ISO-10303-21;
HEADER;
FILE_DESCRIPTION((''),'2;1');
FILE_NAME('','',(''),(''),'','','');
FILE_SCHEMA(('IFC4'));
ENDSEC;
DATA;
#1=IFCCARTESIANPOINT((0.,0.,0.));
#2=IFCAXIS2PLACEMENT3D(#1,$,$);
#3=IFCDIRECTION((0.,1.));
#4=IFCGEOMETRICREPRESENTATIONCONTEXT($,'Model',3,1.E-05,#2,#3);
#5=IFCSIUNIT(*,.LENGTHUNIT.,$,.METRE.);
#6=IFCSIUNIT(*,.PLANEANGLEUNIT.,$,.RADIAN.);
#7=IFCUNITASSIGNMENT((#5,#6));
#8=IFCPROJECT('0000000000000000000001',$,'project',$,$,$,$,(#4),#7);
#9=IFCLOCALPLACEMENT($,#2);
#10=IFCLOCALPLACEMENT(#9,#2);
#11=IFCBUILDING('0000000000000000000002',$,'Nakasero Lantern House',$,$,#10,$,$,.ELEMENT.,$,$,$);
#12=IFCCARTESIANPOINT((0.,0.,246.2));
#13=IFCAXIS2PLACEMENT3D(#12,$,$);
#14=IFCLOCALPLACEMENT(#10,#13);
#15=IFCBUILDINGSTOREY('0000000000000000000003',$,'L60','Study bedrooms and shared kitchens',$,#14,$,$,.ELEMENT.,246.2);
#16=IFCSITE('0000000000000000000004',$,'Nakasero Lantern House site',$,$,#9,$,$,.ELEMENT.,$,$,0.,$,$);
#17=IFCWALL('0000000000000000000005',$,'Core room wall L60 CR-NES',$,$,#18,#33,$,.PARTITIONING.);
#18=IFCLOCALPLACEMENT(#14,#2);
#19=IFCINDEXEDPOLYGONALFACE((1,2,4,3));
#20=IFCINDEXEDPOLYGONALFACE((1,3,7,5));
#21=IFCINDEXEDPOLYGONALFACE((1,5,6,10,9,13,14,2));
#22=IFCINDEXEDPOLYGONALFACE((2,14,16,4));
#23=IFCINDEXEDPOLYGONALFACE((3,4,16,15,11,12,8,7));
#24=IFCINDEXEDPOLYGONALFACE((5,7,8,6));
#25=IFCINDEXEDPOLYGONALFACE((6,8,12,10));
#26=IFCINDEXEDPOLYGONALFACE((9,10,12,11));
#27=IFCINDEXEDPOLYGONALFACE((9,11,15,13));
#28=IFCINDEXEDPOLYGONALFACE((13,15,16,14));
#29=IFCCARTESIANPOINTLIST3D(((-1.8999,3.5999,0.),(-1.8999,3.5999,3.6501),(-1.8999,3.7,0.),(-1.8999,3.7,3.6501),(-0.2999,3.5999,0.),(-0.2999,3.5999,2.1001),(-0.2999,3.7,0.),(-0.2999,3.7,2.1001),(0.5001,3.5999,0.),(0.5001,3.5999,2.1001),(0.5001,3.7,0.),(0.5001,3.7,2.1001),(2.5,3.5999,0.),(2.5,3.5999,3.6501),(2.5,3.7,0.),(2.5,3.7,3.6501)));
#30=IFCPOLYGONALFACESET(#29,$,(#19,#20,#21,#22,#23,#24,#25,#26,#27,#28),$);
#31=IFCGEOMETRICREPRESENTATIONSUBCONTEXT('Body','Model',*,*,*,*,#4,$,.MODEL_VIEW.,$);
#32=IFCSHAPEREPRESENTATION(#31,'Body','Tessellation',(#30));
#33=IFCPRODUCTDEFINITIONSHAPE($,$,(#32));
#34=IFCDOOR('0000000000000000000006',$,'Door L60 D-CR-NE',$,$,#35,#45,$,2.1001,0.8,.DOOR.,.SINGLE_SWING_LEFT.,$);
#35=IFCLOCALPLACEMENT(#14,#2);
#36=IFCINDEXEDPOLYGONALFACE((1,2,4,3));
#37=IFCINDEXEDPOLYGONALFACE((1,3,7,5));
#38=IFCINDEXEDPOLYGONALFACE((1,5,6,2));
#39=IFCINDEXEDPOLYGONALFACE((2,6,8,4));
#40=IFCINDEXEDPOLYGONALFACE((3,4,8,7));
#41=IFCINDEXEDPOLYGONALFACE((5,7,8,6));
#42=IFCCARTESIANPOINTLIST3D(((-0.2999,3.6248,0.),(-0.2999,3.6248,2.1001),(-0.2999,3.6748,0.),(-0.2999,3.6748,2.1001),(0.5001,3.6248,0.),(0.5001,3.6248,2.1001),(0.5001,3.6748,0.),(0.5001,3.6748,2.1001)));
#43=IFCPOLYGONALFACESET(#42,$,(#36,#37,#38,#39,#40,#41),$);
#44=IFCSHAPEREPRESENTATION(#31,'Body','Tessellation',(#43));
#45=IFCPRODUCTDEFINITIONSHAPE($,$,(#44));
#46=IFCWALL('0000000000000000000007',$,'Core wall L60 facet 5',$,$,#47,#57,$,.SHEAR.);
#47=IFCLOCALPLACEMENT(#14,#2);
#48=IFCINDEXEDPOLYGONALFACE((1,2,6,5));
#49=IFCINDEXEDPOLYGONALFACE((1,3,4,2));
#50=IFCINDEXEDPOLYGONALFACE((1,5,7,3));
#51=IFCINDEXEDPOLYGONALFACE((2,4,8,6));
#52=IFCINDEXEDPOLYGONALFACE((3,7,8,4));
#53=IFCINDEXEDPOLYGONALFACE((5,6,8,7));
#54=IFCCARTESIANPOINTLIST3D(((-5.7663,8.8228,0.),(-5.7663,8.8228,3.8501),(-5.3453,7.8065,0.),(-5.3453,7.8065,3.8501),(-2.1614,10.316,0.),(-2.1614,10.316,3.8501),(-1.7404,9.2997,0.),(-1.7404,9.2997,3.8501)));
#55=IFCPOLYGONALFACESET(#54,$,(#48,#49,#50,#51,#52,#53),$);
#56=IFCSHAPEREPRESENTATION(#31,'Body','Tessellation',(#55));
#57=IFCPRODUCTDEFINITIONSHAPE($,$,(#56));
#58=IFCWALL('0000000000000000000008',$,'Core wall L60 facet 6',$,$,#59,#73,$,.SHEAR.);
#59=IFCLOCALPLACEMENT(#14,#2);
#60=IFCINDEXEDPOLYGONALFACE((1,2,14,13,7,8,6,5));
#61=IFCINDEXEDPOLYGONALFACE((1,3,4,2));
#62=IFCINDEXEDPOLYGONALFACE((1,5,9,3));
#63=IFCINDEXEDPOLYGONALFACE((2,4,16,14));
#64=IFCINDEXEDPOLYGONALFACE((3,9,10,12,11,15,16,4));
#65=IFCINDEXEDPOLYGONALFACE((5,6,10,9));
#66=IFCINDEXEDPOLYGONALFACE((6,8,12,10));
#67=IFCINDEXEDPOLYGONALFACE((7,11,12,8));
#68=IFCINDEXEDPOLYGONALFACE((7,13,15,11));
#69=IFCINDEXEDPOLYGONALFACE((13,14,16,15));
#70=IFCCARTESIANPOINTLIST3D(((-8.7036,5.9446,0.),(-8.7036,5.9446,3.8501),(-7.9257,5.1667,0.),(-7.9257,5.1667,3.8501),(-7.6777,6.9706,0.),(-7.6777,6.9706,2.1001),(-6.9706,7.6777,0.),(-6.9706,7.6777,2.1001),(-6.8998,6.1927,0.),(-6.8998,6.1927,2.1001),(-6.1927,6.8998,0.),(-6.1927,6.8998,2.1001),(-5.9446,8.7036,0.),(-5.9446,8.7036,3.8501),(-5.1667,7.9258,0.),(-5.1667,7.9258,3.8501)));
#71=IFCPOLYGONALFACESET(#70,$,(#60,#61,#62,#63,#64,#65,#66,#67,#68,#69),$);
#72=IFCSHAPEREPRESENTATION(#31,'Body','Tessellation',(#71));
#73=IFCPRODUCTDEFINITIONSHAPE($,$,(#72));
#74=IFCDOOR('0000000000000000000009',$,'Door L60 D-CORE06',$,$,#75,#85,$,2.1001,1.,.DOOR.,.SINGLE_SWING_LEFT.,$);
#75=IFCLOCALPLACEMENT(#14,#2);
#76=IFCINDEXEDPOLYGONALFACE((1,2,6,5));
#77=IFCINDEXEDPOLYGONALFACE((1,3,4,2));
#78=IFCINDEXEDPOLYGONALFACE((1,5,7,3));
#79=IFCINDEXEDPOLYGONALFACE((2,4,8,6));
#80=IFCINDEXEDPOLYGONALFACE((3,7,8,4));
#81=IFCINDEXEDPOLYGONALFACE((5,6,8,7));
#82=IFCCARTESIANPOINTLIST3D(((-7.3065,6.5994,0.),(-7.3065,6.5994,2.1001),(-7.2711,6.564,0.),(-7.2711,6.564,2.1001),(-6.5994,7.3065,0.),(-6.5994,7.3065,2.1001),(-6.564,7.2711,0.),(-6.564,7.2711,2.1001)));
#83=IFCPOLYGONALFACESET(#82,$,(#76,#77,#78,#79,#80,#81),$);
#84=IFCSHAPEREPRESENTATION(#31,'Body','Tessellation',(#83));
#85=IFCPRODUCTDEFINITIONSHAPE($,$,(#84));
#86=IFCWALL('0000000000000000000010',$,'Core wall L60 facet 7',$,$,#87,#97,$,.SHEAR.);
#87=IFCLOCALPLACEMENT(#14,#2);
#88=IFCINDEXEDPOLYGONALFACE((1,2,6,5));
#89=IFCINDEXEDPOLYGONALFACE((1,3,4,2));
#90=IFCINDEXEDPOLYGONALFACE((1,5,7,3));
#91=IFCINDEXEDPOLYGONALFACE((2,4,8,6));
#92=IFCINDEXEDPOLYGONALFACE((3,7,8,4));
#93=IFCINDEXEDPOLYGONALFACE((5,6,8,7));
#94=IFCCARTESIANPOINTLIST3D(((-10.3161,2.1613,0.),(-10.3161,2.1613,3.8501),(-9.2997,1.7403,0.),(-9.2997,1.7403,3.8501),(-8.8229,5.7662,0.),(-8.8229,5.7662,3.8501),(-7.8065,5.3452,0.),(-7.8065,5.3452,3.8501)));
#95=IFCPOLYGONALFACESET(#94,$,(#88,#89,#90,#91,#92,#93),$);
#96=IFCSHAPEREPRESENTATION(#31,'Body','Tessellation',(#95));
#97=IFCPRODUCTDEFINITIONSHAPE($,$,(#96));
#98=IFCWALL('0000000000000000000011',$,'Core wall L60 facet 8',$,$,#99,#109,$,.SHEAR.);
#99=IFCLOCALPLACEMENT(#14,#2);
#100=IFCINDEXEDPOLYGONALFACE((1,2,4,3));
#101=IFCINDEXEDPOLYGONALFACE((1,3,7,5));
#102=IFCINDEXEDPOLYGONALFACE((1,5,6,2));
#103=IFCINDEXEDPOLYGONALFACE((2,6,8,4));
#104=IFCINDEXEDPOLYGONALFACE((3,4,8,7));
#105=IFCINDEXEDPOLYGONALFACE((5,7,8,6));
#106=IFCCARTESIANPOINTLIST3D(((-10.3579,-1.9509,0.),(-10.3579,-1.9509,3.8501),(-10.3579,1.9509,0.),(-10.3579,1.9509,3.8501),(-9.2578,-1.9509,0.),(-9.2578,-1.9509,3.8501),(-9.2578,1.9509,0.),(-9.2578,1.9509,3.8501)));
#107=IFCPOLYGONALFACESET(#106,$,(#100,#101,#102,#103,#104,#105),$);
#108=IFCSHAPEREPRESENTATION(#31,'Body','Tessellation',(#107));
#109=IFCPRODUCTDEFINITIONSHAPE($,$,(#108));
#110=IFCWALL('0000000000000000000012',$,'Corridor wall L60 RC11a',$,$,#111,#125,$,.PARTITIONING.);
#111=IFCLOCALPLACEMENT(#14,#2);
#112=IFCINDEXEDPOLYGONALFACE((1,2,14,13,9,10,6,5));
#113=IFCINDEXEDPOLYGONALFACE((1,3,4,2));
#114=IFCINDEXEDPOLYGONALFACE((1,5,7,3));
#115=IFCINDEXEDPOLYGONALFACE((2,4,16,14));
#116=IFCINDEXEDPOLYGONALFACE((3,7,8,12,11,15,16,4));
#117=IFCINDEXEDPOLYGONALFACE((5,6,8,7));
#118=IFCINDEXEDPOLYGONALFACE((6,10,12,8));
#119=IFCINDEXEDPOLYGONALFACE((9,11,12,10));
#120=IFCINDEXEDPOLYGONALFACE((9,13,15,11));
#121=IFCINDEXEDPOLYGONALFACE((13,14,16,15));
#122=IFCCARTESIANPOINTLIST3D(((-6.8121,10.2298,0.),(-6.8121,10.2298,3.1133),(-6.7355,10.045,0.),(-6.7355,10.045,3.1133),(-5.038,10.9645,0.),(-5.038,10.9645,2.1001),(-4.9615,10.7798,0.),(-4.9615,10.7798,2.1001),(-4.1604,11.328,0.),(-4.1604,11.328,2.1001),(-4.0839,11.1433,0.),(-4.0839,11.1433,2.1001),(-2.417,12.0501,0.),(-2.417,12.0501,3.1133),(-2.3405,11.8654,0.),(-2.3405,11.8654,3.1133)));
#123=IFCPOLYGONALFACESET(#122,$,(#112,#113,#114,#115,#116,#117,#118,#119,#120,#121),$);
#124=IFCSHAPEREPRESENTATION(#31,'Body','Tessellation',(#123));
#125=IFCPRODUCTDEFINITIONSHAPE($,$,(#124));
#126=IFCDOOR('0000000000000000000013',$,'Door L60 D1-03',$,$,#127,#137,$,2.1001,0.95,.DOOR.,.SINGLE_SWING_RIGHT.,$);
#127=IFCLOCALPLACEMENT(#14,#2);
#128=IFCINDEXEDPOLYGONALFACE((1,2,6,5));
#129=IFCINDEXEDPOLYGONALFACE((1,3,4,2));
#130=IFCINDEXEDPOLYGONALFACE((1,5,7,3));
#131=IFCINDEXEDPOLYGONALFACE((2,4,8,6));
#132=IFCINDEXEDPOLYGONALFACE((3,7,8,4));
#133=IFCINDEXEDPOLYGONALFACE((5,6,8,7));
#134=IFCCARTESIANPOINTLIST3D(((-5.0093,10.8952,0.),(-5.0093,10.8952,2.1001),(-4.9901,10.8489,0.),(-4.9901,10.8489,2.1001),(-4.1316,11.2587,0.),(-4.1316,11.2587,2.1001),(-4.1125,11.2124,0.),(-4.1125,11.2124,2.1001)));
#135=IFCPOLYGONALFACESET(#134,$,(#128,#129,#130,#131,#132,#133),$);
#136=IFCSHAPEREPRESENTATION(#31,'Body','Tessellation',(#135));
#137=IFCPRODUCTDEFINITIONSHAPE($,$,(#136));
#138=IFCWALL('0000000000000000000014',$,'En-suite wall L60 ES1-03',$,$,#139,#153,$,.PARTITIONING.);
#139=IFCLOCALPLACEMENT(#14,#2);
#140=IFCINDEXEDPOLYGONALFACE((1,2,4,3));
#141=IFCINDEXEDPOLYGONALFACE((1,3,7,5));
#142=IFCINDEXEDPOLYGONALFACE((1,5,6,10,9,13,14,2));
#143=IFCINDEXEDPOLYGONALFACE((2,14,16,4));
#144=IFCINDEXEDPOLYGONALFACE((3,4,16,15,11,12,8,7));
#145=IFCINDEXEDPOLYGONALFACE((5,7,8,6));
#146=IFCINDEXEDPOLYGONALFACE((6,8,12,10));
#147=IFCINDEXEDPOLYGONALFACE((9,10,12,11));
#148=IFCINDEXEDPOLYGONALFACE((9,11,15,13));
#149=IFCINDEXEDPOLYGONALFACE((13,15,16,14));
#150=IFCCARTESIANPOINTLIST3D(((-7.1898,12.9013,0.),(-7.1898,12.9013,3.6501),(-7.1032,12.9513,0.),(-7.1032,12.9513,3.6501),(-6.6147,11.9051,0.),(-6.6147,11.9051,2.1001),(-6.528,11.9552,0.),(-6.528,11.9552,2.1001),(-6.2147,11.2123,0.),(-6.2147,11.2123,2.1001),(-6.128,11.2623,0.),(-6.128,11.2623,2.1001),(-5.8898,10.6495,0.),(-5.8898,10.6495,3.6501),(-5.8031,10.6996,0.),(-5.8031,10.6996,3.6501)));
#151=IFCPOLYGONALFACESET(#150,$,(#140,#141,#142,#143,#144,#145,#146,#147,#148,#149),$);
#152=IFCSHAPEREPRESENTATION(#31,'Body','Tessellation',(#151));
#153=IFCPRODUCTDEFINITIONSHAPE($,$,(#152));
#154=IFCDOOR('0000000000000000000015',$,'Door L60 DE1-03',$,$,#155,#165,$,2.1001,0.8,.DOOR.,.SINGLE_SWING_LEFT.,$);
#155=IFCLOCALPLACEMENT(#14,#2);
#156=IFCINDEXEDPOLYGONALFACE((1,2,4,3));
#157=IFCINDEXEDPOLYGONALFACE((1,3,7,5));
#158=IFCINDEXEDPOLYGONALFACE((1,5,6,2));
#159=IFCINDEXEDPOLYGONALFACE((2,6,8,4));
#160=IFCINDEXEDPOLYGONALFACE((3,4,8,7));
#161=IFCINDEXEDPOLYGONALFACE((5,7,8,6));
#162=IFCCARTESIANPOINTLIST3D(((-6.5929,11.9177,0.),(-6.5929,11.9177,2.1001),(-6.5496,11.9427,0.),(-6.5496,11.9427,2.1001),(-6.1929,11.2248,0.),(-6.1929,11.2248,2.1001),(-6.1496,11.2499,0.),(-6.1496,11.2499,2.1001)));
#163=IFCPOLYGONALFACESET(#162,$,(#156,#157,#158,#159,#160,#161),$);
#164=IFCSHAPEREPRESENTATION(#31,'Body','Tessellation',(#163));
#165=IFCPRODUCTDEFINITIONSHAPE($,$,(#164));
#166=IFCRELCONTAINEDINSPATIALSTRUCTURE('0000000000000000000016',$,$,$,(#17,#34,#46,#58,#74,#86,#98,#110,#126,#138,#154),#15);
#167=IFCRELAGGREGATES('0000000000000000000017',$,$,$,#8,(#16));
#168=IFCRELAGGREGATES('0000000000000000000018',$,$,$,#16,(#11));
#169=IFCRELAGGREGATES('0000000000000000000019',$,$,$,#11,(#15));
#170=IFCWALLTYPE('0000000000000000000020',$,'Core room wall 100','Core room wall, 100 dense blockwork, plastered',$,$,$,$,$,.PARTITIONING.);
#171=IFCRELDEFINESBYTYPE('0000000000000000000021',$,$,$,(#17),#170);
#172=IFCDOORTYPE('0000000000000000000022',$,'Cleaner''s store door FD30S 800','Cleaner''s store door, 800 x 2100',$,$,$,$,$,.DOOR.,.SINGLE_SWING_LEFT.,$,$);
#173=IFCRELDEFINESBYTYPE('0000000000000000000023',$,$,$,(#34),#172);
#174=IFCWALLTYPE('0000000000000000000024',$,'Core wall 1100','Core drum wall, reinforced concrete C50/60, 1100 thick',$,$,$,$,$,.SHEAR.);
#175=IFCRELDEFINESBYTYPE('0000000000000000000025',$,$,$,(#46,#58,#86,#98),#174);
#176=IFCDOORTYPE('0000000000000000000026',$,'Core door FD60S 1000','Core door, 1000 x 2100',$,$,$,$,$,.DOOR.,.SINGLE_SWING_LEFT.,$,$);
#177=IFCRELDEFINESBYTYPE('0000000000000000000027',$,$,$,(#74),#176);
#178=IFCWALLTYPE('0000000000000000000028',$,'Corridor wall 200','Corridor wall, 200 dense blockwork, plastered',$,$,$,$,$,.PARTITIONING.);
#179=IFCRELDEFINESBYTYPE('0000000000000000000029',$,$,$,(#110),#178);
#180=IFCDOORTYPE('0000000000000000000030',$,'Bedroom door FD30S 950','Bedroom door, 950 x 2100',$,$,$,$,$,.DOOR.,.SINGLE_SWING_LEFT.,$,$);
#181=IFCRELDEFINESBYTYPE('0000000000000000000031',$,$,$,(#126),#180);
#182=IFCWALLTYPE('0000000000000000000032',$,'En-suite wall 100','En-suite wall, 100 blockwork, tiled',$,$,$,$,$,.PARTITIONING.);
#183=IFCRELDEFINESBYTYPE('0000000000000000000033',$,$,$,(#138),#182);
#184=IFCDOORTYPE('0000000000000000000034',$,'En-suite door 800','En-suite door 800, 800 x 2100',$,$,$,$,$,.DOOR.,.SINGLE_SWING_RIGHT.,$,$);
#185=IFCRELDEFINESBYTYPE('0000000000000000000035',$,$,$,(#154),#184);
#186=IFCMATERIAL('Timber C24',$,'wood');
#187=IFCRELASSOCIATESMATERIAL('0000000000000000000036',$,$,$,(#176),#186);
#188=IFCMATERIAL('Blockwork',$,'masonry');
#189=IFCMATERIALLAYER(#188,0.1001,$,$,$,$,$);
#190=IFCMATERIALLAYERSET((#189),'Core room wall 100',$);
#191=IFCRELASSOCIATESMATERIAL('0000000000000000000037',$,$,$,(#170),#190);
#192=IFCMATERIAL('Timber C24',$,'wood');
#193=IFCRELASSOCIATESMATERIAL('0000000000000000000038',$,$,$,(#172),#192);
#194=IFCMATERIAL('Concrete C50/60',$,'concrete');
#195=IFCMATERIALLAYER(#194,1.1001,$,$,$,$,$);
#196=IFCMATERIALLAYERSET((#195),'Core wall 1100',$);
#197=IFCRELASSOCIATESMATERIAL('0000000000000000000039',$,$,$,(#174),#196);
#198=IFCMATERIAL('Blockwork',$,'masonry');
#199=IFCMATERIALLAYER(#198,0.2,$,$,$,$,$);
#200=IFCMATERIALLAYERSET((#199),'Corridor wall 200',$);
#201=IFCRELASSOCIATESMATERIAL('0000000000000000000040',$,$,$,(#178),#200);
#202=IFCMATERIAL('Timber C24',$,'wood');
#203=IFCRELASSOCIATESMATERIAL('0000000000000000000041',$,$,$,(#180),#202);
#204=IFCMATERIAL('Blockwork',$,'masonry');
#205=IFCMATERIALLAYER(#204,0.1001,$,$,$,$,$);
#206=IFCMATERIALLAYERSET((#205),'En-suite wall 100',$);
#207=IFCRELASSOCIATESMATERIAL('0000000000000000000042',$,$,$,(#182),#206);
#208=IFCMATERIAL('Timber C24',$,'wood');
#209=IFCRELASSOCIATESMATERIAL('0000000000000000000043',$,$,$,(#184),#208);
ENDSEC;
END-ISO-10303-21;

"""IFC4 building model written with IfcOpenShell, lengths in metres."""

from ifc_helpers import new_model, si_unit, direction, frame, frame_2d, origin, place, context, subcontext, project, spatial, rectangle, extrude, material, layer, layer_set, type_object, element, fill, save


model = new_model("IFC4")

# Units and contexts
model_context = context("Model", 3, precision=1e-05, world=origin(), true_north=direction((0.0, 1.0)))
body_context = subcontext(model_context, "Body", "Model", "MODEL_VIEW")
ifc_project = project(units=[si_unit("LENGTHUNIT", "METRE"), si_unit("PLANEANGLEUNIT", "RADIAN")], contexts=[model_context])

# Site, building, storey
site_placement = place(None, origin())
site = spatial("IfcSite", under=ifc_project, at=site_placement, Name="Nakasero Lantern House site", CompositionType="ELEMENT", RefElevation=0.0)
building_placement = place(site_placement, origin())
building = spatial("IfcBuilding", under=site, at=building_placement, Name="Nakasero Lantern House", CompositionType="ELEMENT")
storey_placement = place(building_placement, frame((0.0, 0.0, 246.2)))
storey = spatial("IfcBuildingStorey", under=building, at=storey_placement, Name="L60", Description="Study bedrooms and shared kitchens", CompositionType="ELEMENT", Elevation=246.2)

# Shared definitions
ifc_material_1 = material(Name="Timber C24", Category="wood")
door_type_1 = type_object("IfcDoorType", Name="Core door FD60S 1000", Description="Core door, 1000 x 2100", OperationType="SINGLE_SWING_LEFT", PredefinedType="DOOR", material=ifc_material_1)

# Wall, opening, door
ifc_material_2 = material(Name="Blockwork", Category="masonry")
ifc_layer_1 = layer(ifc_material_2, 0.1001)
ifc_layer_set_1 = layer_set([ifc_layer_1], Name="Core room wall 100")
wall_type_1 = type_object("IfcWallType", Name="Core room wall 100", Description="Core room wall, 100 dense blockwork, plastered", PredefinedType="PARTITIONING", material=ifc_layer_set_1)
wall_1_placement = place(storey_placement, frame((-1.8999, 3.6499, 0.0), z_axis=(0.0, 0.0, 1.0), x_axis=(1.0, 0.0, 0.0)))
wall_1 = element("IfcWall", 1, at=wall_1_placement, inside=storey, type_object=wall_type_1, Name="Core room wall L60 CR-NES", PredefinedType="PARTITIONING", context=body_context, shape_type="SweptSolid", body=[
    extrude(rectangle(XDim=4.3999, YDim=0.1001, at=frame_2d((2.2, 0.0))), origin(), (0.0, 0.0, 1.0), 3.6501),
])
opening_1_placement = place(wall_1_placement, frame((1.6001, 0.0, 0.0)))
opening_1 = element("IfcOpeningElement", 2, at=opening_1_placement, cuts=wall_1, PredefinedType="OPENING", context=body_context, shape_type="SweptSolid", body=[
    extrude(rectangle(XDim=0.8, YDim=2.1001, at=frame_2d((0.3999, 1.05))), frame((0.0, 0.0701, 0.0), z_axis=(0.0, -1.0, 0.0), x_axis=(1.0, 0.0, 0.0)), (0.0, 0.0, 1.0), 0.1401),
])
ifc_material_3 = material(Name="Timber C24", Category="wood")
door_type_2 = type_object("IfcDoorType", Name="Cleaner's store door FD30S 800", Description="Cleaner's store door, 800 x 2100", OperationType="SINGLE_SWING_LEFT", PredefinedType="DOOR", material=ifc_material_3)
door_1_placement = place(opening_1_placement, origin())
door_1 = element("IfcDoor", 3, at=door_1_placement, inside=storey, type_object=door_type_2, Name="Door L60 D-CR-NE", OperationType="SINGLE_SWING_LEFT", OverallHeight=2.1001, OverallWidth=0.8, PredefinedType="DOOR", context=body_context, shape_type="SweptSolid", body=[
    extrude(rectangle(XDim=0.8, YDim=2.1001, at=frame_2d((0.3999, 1.05))), frame((0.0, 0.0249, 0.0), z_axis=(0.0, -1.0, 0.0), x_axis=(1.0, 0.0, 0.0)), (0.0, 0.0, 1.0), 0.05),
])
fill(opening_1, door_1)

# Wall
ifc_material_4 = material(Name="Concrete C50/60", Category="concrete")
ifc_layer_2 = layer(ifc_material_4, 1.1001)
ifc_layer_set_2 = layer_set([ifc_layer_2], Name="Core wall 1100")
wall_type_2 = type_object("IfcWallType", Name="Core wall 1100", Description="Core drum wall, reinforced concrete C50/60, 1100 thick", PredefinedType="SHEAR", material=ifc_layer_set_2)
wall_2_placement = place(storey_placement, frame((-1.9509, 9.8079, 0.0), z_axis=(0.0, 0.0, 1.0), x_axis=(-0.923877, -0.382691, 0.0)))
element("IfcWall", 4, at=wall_2_placement, inside=storey, type_object=wall_type_2, Name="Core wall L60 facet 5", PredefinedType="SHEAR", context=body_context, shape_type="SweptSolid", body=[
    extrude(rectangle(XDim=3.9019, YDim=1.1001, at=frame_2d((1.9509, 0.0))), origin(), (0.0, 0.0, 1.0), 3.8501),
])

# Wall, opening, door
wall_3_placement = place(storey_placement, frame((-5.5557, 8.3147, 0.0), z_axis=(0.0, 0.0, 1.0), x_axis=(-0.707107, -0.707107, 0.0)))
wall_3 = element("IfcWall", 5, at=wall_3_placement, inside=storey, type_object=wall_type_2, Name="Core wall L60 facet 6", PredefinedType="SHEAR", context=body_context, shape_type="SweptSolid", body=[
    extrude(rectangle(XDim=3.9019, YDim=1.1001, at=frame_2d((1.9509, 0.0))), origin(), (0.0, 0.0, 1.0), 3.8501),
])
opening_2_placement = place(wall_3_placement, frame((1.4509, 0.0, 0.0)))
opening_2 = element("IfcOpeningElement", 6, at=opening_2_placement, cuts=wall_3, PredefinedType="OPENING", context=body_context, shape_type="SweptSolid", body=[
    extrude(rectangle(XDim=1.0, YDim=2.1001, at=frame_2d((0.5, 1.05))), frame((0.0, 0.5701, 0.0), z_axis=(0.0, -1.0, 0.0), x_axis=(1.0, 0.0, 0.0)), (0.0, 0.0, 1.0), 1.1401),
])
door_2_placement = place(opening_2_placement, origin())
door_2 = element("IfcDoor", 7, at=door_2_placement, inside=storey, type_object=door_type_1, Name="Door L60 D-CORE06", OperationType="SINGLE_SWING_LEFT", OverallHeight=2.1001, OverallWidth=1.0, PredefinedType="DOOR", context=body_context, shape_type="SweptSolid", body=[
    extrude(rectangle(XDim=1.0, YDim=2.1001, at=frame_2d((0.5, 1.05))), frame((0.0, 0.0249, 0.0), z_axis=(0.0, -1.0, 0.0), x_axis=(1.0, 0.0, 0.0)), (0.0, 0.0, 1.0), 0.05),
])
fill(opening_2, door_2)

# Walls
for number, where, z_axis, x_axis, name in (
    (8, (-8.3147, 5.5557, 0.0), (0.0, 0.0, 1.0), (-0.382691, -0.923877, 0.0), "Core wall L60 facet 7"),
    (9, (-9.8079, 1.9509, 0.0), (0.0, 0.0, 1.0), (0.0, -1.0, 0.0), "Core wall L60 facet 8"),
):
    element("IfcWall", number, at=place(storey_placement, frame(where, z_axis=z_axis, x_axis=x_axis)), inside=storey, type_object=wall_type_2, Name=name, PredefinedType="SHEAR", context=body_context, shape_type="SweptSolid", body=[
        extrude(rectangle(XDim=3.9019, YDim=1.1001, at=frame_2d((1.9509, 0.0))), origin(), (0.0, 0.0, 1.0), 3.8501),
    ])

# Walls, openings, doors
ifc_material_5 = material(Name="Blockwork", Category="masonry")
ifc_layer_3 = layer(ifc_material_5, 0.2)
ifc_layer_set_3 = layer_set([ifc_layer_3], Name="Corridor wall 200")
wall_type_3 = type_object("IfcWallType", Name="Corridor wall 200", Description="Corridor wall, 200 dense blockwork, plastered", PredefinedType="PARTITIONING", material=ifc_layer_set_3)
wall_4_placement = place(storey_placement, frame((-6.7737, 10.1375, 0.0), z_axis=(0.0, 0.0, 1.0), x_axis=(0.923892, 0.382654, 0.0)))
wall_4 = element("IfcWall", 10, at=wall_4_placement, inside=storey, type_object=wall_type_3, Name="Corridor wall L60 RC11a", PredefinedType="PARTITIONING", context=body_context, shape_type="SweptSolid", body=[
    extrude(rectangle(XDim=4.7571, YDim=0.2, at=frame_2d((2.3784, 0.0))), origin(), (0.0, 0.0, 1.0), 3.1133),
])
opening_3_placement = place(wall_4_placement, frame((1.9199, 0.0, 0.0)))
opening_3 = element("IfcOpeningElement", 11, at=opening_3_placement, cuts=wall_4, PredefinedType="OPENING", context=body_context, shape_type="SweptSolid", body=[
    extrude(rectangle(XDim=0.95, YDim=2.1001, at=frame_2d((0.4751, 1.05))), frame((0.0, 0.1199, 0.0), z_axis=(0.0, -1.0, 0.0), x_axis=(1.0, 0.0, 0.0)), (0.0, 0.0, 1.0), 0.24),
])
ifc_material_6 = material(Name="Timber C24", Category="wood")
door_type_3 = type_object("IfcDoorType", Name="Bedroom door FD30S 950", Description="Bedroom door, 950 x 2100", OperationType="SINGLE_SWING_LEFT", PredefinedType="DOOR", material=ifc_material_6)
door_3_placement = place(opening_3_placement, origin())
door_3 = element("IfcDoor", 12, at=door_3_placement, inside=storey, type_object=door_type_3, Name="Door L60 D1-03", OperationType="SINGLE_SWING_RIGHT", OverallHeight=2.1001, OverallWidth=0.95, PredefinedType="DOOR", context=body_context, shape_type="SweptSolid", body=[
    extrude(rectangle(XDim=0.95, YDim=2.1001, at=frame_2d((0.4751, 1.05))), frame((0.0, 0.0249, 0.0), z_axis=(0.0, -1.0, 0.0), x_axis=(1.0, 0.0, 0.0)), (0.0, 0.0, 1.0), 0.05),
])
fill(opening_3, door_3)
ifc_material_7 = material(Name="Blockwork", Category="masonry")
ifc_layer_4 = layer(ifc_material_7, 0.1001)
ifc_layer_set_4 = layer_set([ifc_layer_4], Name="En-suite wall 100")
wall_type_4 = type_object("IfcWallType", Name="En-suite wall 100", Description="En-suite wall, 100 blockwork, tiled", PredefinedType="PARTITIONING", material=ifc_layer_set_4)
wall_5_placement = place(storey_placement, frame((-5.8464, 10.6746, 0.0), z_axis=(0.0, 0.0, 1.0), x_axis=(-0.500007, 0.866021, 0.0)))
wall_5 = element("IfcWall", 13, at=wall_5_placement, inside=storey, type_object=wall_type_4, Name="En-suite wall L60 ES1-03", PredefinedType="PARTITIONING", context=body_context, shape_type="SweptSolid", body=[
    extrude(rectangle(XDim=2.6001, YDim=0.1001, at=frame_2d((1.3, 0.0))), origin(), (0.0, 0.0, 1.0), 3.6501),
])
opening_4_placement = place(wall_5_placement, frame((0.6499, 0.0, 0.0)))
opening_4 = element("IfcOpeningElement", 14, at=opening_4_placement, cuts=wall_5, PredefinedType="OPENING", context=body_context, shape_type="SweptSolid", body=[
    extrude(rectangle(XDim=0.8, YDim=2.1001, at=frame_2d((0.3999, 1.05))), frame((0.0, 0.0701, 0.0), z_axis=(0.0, -1.0, 0.0), x_axis=(1.0, 0.0, 0.0)), (0.0, 0.0, 1.0), 0.1401),
])
ifc_material_8 = material(Name="Timber C24", Category="wood")
door_type_4 = type_object("IfcDoorType", Name="En-suite door 800", Description="En-suite door 800, 800 x 2100", OperationType="SINGLE_SWING_RIGHT", PredefinedType="DOOR", material=ifc_material_8)
door_4_placement = place(opening_4_placement, origin())
door_4 = element("IfcDoor", 15, at=door_4_placement, inside=storey, type_object=door_type_4, Name="Door L60 DE1-03", OperationType="SINGLE_SWING_LEFT", OverallHeight=2.1001, OverallWidth=0.8, PredefinedType="DOOR", context=body_context, shape_type="SweptSolid", body=[
    extrude(rectangle(XDim=0.8, YDim=2.1001, at=frame_2d((0.3999, 1.05))), frame((0.0, 0.0249, 0.0), z_axis=(0.0, -1.0, 0.0), x_axis=(1.0, 0.0, 0.0)), (0.0, 0.0, 1.0), 0.05),
])
fill(opening_4, door_4)

save(model, "model.ifc")
